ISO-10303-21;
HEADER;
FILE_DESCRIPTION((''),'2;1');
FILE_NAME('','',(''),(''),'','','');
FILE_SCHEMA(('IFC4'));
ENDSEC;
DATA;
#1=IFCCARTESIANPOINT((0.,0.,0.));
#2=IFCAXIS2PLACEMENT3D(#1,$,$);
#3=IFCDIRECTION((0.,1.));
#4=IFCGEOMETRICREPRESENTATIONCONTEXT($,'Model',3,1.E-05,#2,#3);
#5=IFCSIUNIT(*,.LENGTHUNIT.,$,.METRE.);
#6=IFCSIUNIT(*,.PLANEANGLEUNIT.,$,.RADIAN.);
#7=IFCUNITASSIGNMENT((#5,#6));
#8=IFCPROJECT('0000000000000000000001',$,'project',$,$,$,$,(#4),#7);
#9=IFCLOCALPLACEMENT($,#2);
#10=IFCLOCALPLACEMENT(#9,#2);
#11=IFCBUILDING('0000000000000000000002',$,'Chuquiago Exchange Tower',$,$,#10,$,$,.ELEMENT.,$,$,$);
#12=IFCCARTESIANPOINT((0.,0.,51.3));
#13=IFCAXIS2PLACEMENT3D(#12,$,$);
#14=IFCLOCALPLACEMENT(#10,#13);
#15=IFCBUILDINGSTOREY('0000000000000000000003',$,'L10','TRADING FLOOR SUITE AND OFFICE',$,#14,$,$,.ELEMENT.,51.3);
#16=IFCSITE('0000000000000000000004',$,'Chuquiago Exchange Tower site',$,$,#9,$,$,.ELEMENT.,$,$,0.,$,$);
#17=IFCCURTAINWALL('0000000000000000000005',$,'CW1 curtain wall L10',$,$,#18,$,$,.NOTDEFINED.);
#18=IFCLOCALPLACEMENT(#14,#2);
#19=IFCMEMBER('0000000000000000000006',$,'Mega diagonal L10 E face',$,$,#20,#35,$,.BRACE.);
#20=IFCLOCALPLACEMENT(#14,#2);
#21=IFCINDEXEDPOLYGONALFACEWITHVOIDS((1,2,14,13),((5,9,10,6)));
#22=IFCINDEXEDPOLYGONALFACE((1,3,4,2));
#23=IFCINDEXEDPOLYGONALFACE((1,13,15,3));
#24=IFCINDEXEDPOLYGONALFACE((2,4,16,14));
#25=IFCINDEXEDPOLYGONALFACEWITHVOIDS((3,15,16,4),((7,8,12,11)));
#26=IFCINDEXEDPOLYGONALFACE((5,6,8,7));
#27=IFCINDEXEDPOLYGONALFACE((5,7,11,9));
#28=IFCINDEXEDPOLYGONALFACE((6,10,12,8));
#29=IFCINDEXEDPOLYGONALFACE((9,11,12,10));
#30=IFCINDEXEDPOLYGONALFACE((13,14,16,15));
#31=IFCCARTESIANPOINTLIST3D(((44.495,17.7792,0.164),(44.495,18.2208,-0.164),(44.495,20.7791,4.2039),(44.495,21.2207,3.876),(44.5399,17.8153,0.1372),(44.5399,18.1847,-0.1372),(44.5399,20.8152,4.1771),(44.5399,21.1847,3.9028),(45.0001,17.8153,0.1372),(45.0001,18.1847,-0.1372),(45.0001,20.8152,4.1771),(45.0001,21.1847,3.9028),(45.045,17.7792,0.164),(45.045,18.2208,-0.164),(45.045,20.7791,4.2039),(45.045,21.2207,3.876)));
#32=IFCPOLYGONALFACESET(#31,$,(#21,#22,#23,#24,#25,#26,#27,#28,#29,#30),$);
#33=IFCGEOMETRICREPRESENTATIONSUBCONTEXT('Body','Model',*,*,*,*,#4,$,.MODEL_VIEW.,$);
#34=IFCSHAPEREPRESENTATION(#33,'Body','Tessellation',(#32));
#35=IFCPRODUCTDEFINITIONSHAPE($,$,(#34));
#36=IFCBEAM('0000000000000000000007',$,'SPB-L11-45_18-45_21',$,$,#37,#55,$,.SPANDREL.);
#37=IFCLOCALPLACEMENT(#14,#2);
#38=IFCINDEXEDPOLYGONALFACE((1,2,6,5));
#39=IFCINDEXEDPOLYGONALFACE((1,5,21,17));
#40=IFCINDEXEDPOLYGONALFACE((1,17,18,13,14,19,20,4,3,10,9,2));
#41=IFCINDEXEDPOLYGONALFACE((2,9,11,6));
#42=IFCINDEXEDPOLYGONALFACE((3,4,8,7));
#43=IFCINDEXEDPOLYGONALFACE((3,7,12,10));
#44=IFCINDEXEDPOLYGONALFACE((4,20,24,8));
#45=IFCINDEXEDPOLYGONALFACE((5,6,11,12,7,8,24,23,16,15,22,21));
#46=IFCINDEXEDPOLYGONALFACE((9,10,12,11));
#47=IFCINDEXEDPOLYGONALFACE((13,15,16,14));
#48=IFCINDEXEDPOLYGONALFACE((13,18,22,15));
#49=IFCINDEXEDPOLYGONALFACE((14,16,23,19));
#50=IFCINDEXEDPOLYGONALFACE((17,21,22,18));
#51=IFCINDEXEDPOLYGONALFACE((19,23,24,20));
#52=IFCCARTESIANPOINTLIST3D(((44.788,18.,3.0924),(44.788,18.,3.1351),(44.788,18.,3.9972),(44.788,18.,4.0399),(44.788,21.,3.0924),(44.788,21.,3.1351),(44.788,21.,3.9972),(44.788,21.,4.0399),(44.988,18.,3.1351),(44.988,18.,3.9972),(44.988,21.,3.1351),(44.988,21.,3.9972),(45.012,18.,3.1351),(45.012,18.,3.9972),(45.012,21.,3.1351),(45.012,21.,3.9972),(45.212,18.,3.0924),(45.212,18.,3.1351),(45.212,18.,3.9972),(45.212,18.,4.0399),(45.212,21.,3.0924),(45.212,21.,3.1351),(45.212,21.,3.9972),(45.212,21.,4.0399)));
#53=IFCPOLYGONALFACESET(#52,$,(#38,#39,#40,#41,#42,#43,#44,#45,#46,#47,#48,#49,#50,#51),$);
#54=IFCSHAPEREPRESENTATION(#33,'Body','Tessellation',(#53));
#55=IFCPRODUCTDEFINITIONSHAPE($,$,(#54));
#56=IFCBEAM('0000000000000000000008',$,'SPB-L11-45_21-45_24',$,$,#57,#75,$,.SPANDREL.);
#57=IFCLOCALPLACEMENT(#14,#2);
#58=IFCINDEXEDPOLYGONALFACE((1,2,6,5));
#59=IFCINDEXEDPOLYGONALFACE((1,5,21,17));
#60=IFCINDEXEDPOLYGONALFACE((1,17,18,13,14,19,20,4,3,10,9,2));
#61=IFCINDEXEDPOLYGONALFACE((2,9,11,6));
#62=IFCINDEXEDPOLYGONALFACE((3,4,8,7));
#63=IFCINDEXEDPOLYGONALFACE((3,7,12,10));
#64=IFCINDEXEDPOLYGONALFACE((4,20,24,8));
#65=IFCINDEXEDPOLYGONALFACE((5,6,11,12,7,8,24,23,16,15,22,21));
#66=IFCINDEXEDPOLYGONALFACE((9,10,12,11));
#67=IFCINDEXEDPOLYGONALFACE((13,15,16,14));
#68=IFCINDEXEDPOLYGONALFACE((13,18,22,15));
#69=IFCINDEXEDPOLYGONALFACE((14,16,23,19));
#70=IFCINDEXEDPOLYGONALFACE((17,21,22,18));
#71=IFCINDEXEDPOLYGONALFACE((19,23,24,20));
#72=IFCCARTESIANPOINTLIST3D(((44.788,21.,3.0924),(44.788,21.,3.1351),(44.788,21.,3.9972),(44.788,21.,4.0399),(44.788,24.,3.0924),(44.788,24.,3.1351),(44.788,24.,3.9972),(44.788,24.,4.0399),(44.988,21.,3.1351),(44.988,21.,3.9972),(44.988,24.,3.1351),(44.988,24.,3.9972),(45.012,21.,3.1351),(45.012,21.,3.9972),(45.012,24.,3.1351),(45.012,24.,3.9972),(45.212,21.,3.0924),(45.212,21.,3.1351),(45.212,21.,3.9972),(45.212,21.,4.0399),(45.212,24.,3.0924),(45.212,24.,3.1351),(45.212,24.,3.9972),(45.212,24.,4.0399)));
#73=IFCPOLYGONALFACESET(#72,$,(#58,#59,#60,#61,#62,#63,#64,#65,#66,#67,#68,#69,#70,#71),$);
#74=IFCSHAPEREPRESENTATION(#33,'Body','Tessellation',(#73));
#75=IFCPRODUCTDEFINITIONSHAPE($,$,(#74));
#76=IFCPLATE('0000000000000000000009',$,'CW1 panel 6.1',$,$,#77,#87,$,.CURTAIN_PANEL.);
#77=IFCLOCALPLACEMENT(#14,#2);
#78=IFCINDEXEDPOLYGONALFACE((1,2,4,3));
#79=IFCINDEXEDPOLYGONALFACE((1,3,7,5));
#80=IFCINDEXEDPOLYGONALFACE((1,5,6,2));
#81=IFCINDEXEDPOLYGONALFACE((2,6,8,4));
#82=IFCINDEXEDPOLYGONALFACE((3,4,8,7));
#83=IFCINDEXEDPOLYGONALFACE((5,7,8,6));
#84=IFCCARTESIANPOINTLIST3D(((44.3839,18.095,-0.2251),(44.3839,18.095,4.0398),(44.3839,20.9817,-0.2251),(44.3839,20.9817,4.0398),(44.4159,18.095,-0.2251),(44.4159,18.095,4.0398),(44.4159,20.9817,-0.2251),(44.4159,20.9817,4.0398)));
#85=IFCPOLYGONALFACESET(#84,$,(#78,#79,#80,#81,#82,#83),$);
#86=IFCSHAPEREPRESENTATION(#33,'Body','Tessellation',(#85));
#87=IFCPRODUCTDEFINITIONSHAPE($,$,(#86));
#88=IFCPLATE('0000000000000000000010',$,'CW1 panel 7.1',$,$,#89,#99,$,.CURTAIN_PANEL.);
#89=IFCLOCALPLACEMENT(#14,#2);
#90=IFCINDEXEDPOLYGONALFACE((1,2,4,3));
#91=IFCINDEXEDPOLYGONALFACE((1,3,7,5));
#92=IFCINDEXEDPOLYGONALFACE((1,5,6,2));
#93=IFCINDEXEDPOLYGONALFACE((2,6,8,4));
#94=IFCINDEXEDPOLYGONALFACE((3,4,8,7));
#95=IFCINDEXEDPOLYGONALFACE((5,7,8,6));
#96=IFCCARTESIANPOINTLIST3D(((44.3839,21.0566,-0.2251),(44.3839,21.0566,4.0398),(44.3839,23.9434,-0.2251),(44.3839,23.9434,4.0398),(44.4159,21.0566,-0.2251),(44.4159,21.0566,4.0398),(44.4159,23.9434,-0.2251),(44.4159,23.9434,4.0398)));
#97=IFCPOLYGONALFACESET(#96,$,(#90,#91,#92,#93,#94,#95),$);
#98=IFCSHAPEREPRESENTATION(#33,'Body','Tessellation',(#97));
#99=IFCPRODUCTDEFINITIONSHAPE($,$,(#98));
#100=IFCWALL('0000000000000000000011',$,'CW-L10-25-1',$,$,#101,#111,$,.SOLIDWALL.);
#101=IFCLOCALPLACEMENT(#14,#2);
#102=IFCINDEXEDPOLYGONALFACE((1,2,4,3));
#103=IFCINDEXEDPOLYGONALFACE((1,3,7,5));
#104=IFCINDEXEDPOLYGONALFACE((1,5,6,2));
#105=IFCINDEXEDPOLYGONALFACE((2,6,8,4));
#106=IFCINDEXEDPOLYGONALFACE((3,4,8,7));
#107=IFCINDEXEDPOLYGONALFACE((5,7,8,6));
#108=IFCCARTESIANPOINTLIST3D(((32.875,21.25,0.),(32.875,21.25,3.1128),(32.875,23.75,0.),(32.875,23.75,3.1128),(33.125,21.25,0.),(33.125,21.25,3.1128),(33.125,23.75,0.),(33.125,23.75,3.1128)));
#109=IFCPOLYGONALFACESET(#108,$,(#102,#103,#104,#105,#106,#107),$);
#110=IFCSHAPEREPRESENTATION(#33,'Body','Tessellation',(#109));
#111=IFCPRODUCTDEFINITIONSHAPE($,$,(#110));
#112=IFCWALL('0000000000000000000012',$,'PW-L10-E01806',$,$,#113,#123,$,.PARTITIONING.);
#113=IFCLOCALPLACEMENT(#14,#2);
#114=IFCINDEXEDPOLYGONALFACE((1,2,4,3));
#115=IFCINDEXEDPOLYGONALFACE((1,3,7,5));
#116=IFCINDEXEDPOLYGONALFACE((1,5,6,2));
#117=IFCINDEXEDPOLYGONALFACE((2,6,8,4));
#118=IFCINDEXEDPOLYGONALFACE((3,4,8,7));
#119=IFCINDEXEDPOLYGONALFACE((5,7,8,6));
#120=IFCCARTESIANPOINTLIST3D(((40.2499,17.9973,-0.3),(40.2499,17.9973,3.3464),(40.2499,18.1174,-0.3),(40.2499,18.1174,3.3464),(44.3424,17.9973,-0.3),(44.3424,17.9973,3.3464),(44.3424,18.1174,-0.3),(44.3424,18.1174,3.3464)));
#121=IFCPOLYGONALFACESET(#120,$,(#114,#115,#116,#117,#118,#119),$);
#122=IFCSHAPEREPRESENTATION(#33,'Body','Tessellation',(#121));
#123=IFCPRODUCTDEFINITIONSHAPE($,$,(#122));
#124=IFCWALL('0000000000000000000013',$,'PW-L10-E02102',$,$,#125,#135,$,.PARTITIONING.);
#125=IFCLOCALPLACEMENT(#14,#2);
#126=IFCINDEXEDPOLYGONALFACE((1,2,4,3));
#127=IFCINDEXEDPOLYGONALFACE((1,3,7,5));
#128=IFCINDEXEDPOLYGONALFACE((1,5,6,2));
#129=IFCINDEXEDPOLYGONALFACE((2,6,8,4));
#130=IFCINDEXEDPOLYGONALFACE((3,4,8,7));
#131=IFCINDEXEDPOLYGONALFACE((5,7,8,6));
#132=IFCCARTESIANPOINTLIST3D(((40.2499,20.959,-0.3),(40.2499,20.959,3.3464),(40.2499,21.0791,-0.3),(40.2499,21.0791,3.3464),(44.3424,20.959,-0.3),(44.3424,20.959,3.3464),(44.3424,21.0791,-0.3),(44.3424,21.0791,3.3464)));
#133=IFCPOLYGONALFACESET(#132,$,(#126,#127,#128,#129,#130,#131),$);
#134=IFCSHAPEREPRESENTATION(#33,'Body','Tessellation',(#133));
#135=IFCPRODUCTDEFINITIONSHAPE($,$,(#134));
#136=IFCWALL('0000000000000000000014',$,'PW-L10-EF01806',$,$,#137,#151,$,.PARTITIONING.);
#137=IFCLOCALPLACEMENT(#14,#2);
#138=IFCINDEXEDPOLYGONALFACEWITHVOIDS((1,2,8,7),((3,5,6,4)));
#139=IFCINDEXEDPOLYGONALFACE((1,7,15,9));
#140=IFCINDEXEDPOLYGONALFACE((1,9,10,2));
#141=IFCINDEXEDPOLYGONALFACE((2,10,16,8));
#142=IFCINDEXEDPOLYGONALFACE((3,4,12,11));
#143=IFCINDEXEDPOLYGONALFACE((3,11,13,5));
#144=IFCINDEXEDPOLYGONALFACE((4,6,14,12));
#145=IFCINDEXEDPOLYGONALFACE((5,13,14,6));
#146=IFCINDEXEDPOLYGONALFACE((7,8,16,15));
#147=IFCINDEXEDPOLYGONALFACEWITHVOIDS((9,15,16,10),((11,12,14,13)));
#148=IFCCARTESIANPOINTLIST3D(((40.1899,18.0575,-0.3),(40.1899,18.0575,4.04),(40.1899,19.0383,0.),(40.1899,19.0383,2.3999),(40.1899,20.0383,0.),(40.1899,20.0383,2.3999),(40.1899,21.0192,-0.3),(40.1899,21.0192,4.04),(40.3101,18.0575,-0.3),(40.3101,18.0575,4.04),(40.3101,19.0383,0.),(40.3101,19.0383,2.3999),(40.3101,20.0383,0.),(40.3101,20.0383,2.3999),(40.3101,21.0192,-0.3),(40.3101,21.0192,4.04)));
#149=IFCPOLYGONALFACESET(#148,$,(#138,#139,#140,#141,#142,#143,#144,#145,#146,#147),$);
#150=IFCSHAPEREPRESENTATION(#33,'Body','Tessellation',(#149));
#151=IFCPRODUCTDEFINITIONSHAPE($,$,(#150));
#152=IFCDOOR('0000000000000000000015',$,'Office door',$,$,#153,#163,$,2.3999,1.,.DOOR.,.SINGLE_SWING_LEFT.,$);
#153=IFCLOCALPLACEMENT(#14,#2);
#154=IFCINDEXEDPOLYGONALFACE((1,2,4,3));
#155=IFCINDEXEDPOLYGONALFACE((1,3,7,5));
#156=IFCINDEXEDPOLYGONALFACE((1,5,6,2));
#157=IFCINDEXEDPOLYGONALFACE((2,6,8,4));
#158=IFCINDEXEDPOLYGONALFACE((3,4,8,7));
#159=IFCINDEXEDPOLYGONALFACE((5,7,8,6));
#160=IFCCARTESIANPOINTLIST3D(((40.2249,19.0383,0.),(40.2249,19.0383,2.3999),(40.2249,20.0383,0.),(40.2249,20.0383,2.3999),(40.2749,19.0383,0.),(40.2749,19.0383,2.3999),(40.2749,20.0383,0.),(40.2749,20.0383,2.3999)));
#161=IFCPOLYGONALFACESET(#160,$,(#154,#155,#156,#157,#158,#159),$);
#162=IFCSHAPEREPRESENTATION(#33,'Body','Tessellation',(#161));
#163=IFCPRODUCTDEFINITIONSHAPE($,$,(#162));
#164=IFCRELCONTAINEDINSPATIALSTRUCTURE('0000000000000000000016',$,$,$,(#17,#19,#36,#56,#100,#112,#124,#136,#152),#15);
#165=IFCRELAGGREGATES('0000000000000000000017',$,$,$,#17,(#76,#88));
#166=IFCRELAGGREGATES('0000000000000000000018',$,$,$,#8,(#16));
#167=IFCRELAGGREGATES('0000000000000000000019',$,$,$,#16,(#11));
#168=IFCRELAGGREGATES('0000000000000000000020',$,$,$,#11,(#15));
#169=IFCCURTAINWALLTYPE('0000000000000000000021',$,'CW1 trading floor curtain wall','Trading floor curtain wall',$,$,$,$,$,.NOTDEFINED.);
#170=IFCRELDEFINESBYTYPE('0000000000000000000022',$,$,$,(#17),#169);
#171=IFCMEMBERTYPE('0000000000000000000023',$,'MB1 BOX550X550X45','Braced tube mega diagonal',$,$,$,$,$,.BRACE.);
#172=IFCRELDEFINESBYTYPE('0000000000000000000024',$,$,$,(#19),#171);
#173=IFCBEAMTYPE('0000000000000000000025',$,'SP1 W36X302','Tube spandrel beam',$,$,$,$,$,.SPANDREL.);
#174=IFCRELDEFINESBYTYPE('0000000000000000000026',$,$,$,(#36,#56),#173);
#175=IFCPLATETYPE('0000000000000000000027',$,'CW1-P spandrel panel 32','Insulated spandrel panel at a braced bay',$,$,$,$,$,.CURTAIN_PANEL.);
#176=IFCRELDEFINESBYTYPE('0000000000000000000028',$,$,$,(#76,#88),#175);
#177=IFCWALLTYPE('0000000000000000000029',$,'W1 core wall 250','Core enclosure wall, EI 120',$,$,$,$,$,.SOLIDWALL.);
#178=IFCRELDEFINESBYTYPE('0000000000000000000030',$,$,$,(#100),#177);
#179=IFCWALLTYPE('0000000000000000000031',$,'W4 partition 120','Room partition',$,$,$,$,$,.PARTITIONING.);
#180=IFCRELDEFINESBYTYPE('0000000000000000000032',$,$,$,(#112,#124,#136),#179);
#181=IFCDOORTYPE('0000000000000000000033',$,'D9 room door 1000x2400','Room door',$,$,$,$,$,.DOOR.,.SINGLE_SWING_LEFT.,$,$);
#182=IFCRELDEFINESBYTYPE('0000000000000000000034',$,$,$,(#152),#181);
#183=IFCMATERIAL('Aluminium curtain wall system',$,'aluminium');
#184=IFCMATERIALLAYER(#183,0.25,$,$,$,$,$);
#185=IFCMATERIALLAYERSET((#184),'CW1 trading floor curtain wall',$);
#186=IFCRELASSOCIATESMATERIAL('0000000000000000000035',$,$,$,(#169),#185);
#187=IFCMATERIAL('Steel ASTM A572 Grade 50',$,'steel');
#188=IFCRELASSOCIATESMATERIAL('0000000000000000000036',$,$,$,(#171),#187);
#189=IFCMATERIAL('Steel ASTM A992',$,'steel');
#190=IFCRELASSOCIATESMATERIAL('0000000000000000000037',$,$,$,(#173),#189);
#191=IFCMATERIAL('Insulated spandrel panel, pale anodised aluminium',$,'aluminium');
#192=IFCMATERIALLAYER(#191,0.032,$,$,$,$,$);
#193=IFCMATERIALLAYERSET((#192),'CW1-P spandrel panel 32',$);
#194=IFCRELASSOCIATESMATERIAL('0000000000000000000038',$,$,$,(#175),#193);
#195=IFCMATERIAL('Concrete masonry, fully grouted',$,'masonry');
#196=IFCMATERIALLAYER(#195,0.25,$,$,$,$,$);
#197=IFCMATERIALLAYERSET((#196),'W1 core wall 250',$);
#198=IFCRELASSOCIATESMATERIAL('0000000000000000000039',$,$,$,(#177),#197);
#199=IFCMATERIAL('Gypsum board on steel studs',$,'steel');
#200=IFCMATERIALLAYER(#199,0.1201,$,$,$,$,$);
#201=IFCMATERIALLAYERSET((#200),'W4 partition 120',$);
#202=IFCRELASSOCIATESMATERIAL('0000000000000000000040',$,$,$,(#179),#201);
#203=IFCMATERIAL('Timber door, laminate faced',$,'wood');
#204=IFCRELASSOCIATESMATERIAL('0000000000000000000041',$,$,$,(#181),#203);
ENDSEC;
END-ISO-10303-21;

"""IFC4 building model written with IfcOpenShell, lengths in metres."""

from ifc_helpers import new_model, si_unit, direction, frame, frame_2d, origin, origin_2d, place, context, subcontext, project, spatial, rectangle, hollow_rectangle, i_section, extrude, material, layer, layer_set, material_profile, profile_set, type_object, element, fill, aggregate, save


model = new_model("IFC4")

# Units and contexts
model_context = context("Model", 3, precision=1e-05, world=origin(), true_north=direction((0.0, 1.0)))
body_context = subcontext(model_context, "Body", "Model", "MODEL_VIEW")
ifc_project = project(units=[si_unit("LENGTHUNIT", "METRE"), si_unit("PLANEANGLEUNIT", "RADIAN")], contexts=[model_context])

# Site, building, storey
site_placement = place(None, origin())
site = spatial("IfcSite", under=ifc_project, at=site_placement, Name="Chuquiago Exchange Tower site", CompositionType="ELEMENT", RefElevation=0.0)
building_placement = place(site_placement, origin())
building = spatial("IfcBuilding", under=site, at=building_placement, Name="Chuquiago Exchange Tower", CompositionType="ELEMENT")
storey_placement = place(building_placement, frame((0.0, 0.0, 51.3)))
storey = spatial("IfcBuildingStorey", under=building, at=storey_placement, Name="L10", Description="TRADING FLOOR SUITE AND OFFICE", CompositionType="ELEMENT", Elevation=51.3)

# Curtain wall
ifc_material_1 = material(Name="Aluminium curtain wall system", Category="aluminium")
ifc_layer_1 = layer(ifc_material_1, 0.25)
ifc_layer_set_1 = layer_set([ifc_layer_1], Name="CW1 trading floor curtain wall")
curtain_wall_type = type_object("IfcCurtainWallType", Name="CW1 trading floor curtain wall", Description="Trading floor curtain wall", PredefinedType="NOTDEFINED", material=ifc_layer_set_1)
curtain_wall_placement = place(storey_placement, origin())
curtain_wall = element("IfcCurtainWall", 1, at=curtain_wall_placement, inside=storey, type_object=curtain_wall_type, Name="CW1 curtain wall L10", PredefinedType="NOTDEFINED")

# Member
ifc_material_2 = material(Name="Steel ASTM A572 Grade 50", Category="steel")
ifc_material_profile_1 = material_profile(ifc_material_2, hollow_rectangle(XDim=0.55, YDim=0.55, WallThickness=0.0449, at=origin_2d()), Name="BOX550X550X45")
ifc_profile_set_1 = profile_set([ifc_material_profile_1], Name="Steel ASTM A572 Grade 50")
member_type_1 = type_object("IfcMemberType", Name="MB1 BOX550X550X45", Description="Braced tube mega diagonal", PredefinedType="BRACE", material=ifc_profile_set_1)
member_1_placement = place(storey_placement, frame((44.77, 18.0, 0.0), z_axis=(0.0, 0.596174, 0.802855), x_axis=(-1.0, 0.0, 0.0)))
element("IfcMember", 2, at=member_1_placement, inside=storey, type_object=member_type_1, Name="Mega diagonal L10 E face", PredefinedType="BRACE", context=body_context, shape_type="SweptSolid", body=[
    extrude(hollow_rectangle(XDim=0.55, YDim=0.55, WallThickness=0.0449, at=origin_2d()), origin(), (0.0, 0.0, 1.0), 5.032),
])

# Beams
ifc_material_3 = material(Name="Steel ASTM A992", Category="steel")
ifc_material_profile_2 = material_profile(ifc_material_3, i_section(OverallWidth=0.4241, OverallDepth=0.9475, WebThickness=0.0239, FlangeThickness=0.0427, at=origin_2d()), Name="W36X302")
ifc_profile_set_2 = profile_set([ifc_material_profile_2], Name="Steel ASTM A992")
beam_type_1 = type_object("IfcBeamType", Name="SP1 W36X302", Description="Tube spandrel beam", PredefinedType="SPANDREL", material=ifc_profile_set_2)
for number, where, z_axis, x_axis, name in (
    (3, (45.0, 18.0, 3.5662), (0.0, 1.0, 0.0), (-1.0, 0.0, 0.0), "SPB-L11-45_18-45_21"),
    (4, (45.0, 21.0, 3.5662), (0.0, 1.0, 0.0), (-1.0, 0.0, 0.0), "SPB-L11-45_21-45_24"),
):
    element("IfcBeam", number, at=place(storey_placement, frame(where, z_axis=z_axis, x_axis=x_axis)), inside=storey, type_object=beam_type_1, Name=name, PredefinedType="SPANDREL", context=body_context, shape_type="SweptSolid", body=[
        extrude(i_section(OverallWidth=0.4241, OverallDepth=0.9475, WebThickness=0.0239, FlangeThickness=0.0427, at=origin_2d()), origin(), (0.0, 0.0, 1.0), 3.0),
    ])

# Plates
ifc_material_4 = material(Name="Insulated spandrel panel, pale anodised aluminium", Category="aluminium")
ifc_layer_2 = layer(ifc_material_4, 0.032)
ifc_layer_set_2 = layer_set([ifc_layer_2], Name="CW1-P spandrel panel 32")
plate_type = type_object("IfcPlateType", Name="CW1-P spandrel panel 32", Description="Insulated spandrel panel at a braced bay", PredefinedType="CURTAIN_PANEL", material=ifc_layer_set_2)
plate_1_placement = place(storey_placement, frame((44.3999, 19.5383, -0.2251), z_axis=(0.0, 0.0, 1.0), x_axis=(0.0, 1.0, 0.0)))
plate_1 = element("IfcPlate", 5, at=plate_1_placement, type_object=plate_type, Name="CW1 panel 6.1", PredefinedType="CURTAIN_PANEL", context=body_context, shape_type="SweptSolid", body=[
    extrude(rectangle(XDim=2.8867, YDim=0.032, at=origin_2d()), origin(), (0.0, 0.0, 1.0), 4.2649),
])
plate_2_placement = place(storey_placement, frame((44.3999, 22.5, -0.2251), z_axis=(0.0, 0.0, 1.0), x_axis=(0.0, 1.0, 0.0)))
plate_2 = element("IfcPlate", 6, at=plate_2_placement, type_object=plate_type, Name="CW1 panel 7.1", PredefinedType="CURTAIN_PANEL", context=body_context, shape_type="SweptSolid", body=[
    extrude(rectangle(XDim=2.8867, YDim=0.032, at=origin_2d()), origin(), (0.0, 0.0, 1.0), 4.2649),
])
aggregate(curtain_wall, [plate_1, plate_2])

# Walls
ifc_material_5 = material(Name="Concrete masonry, fully grouted", Category="masonry")
ifc_layer_3 = layer(ifc_material_5, 0.25)
ifc_layer_set_3 = layer_set([ifc_layer_3], Name="W1 core wall 250")
wall_type_1 = type_object("IfcWallType", Name="W1 core wall 250", Description="Core enclosure wall, EI 120", PredefinedType="SOLIDWALL", material=ifc_layer_set_3)
wall_1_placement = place(storey_placement, frame((33.0, 21.25, 0.0), z_axis=(0.0, 0.0, 1.0), x_axis=(0.0, 1.0, 0.0)))
element("IfcWall", 7, at=wall_1_placement, inside=storey, type_object=wall_type_1, Name="CW-L10-25-1", PredefinedType="SOLIDWALL", context=body_context, shape_type="SweptSolid", body=[
    extrude(rectangle(XDim=2.5, YDim=0.25, at=frame_2d((1.25, 0.0))), origin(), (0.0, 0.0, 1.0), 3.1128),
])
ifc_material_6 = material(Name="Gypsum board on steel studs", Category="steel")
ifc_layer_4 = layer(ifc_material_6, 0.1201)
ifc_layer_set_4 = layer_set([ifc_layer_4], Name="W4 partition 120")
wall_type_2 = type_object("IfcWallType", Name="W4 partition 120", Description="Room partition", PredefinedType="PARTITIONING", material=ifc_layer_set_4)
for number, where, z_axis, x_axis, name in (
    (8, (44.3425, 18.0574, -0.3), (0.0, 0.0, 1.0), (-1.0, 0.0, 0.0), "PW-L10-E01806"),
    (9, (44.3425, 21.019, -0.3), (0.0, 0.0, 1.0), (-1.0, 0.0, 0.0), "PW-L10-E02102"),
):
    element("IfcWall", number, at=place(storey_placement, frame(where, z_axis=z_axis, x_axis=x_axis)), inside=storey, type_object=wall_type_2, Name=name, PredefinedType="PARTITIONING", context=body_context, shape_type="SweptSolid", body=[
        extrude(rectangle(XDim=4.0925, YDim=0.1201, at=frame_2d((2.0464, 0.0))), origin(), (0.0, 0.0, 1.0), 3.6465),
    ])

# Wall, opening, door
wall_2_placement = place(storey_placement, frame((40.25, 18.0574, -0.3), z_axis=(0.0, 0.0, 1.0), x_axis=(0.0, 1.0, 0.0)))
wall_2 = element("IfcWall", 10, at=wall_2_placement, inside=storey, type_object=wall_type_2, Name="PW-L10-EF01806", PredefinedType="PARTITIONING", context=body_context, shape_type="SweptSolid", body=[
    extrude(rectangle(XDim=2.9617, YDim=0.1201, at=frame_2d((1.481, 0.0))), origin(), (0.0, 0.0, 1.0), 4.3401),
])
opening_1_placement = place(wall_2_placement, frame((0.981, 0.0, 0.3)))
opening_1 = element("IfcOpeningElement", 11, at=opening_1_placement, cuts=wall_2, PredefinedType="OPENING", context=body_context, shape_type="SweptSolid", body=[
    extrude(rectangle(XDim=1.0, YDim=2.3999, at=frame_2d((0.5, 1.2))), frame((0.0, 0.0701, 0.0), z_axis=(0.0, -1.0, 0.0), x_axis=(1.0, 0.0, 0.0)), (0.0, 0.0, 1.0), 0.1401),
])
ifc_material_7 = material(Name="Timber door, laminate faced", Category="wood")
door_type = type_object("IfcDoorType", Name="D9 room door 1000x2400", Description="Room door", OperationType="SINGLE_SWING_LEFT", PredefinedType="DOOR", material=ifc_material_7)
door_1_placement = place(opening_1_placement, frame((1.0, 0.0, 0.0), z_axis=(0.0, 0.0, 1.0), x_axis=(-1.0, 0.0, 0.0)))
door_1 = element("IfcDoor", 12, at=door_1_placement, inside=storey, type_object=door_type, Name="Office door", OperationType="SINGLE_SWING_LEFT", OverallHeight=2.3999, OverallWidth=1.0, PredefinedType="DOOR", context=body_context, shape_type="SweptSolid", body=[
    extrude(rectangle(XDim=1.0, YDim=2.3999, at=frame_2d((0.5, 1.2))), frame((0.0, 0.0249, 0.0), z_axis=(0.0, -1.0, 0.0), x_axis=(1.0, 0.0, 0.0)), (0.0, 0.0, 1.0), 0.05),
])
fill(opening_1, door_1)

save(model, "model.ifc")
